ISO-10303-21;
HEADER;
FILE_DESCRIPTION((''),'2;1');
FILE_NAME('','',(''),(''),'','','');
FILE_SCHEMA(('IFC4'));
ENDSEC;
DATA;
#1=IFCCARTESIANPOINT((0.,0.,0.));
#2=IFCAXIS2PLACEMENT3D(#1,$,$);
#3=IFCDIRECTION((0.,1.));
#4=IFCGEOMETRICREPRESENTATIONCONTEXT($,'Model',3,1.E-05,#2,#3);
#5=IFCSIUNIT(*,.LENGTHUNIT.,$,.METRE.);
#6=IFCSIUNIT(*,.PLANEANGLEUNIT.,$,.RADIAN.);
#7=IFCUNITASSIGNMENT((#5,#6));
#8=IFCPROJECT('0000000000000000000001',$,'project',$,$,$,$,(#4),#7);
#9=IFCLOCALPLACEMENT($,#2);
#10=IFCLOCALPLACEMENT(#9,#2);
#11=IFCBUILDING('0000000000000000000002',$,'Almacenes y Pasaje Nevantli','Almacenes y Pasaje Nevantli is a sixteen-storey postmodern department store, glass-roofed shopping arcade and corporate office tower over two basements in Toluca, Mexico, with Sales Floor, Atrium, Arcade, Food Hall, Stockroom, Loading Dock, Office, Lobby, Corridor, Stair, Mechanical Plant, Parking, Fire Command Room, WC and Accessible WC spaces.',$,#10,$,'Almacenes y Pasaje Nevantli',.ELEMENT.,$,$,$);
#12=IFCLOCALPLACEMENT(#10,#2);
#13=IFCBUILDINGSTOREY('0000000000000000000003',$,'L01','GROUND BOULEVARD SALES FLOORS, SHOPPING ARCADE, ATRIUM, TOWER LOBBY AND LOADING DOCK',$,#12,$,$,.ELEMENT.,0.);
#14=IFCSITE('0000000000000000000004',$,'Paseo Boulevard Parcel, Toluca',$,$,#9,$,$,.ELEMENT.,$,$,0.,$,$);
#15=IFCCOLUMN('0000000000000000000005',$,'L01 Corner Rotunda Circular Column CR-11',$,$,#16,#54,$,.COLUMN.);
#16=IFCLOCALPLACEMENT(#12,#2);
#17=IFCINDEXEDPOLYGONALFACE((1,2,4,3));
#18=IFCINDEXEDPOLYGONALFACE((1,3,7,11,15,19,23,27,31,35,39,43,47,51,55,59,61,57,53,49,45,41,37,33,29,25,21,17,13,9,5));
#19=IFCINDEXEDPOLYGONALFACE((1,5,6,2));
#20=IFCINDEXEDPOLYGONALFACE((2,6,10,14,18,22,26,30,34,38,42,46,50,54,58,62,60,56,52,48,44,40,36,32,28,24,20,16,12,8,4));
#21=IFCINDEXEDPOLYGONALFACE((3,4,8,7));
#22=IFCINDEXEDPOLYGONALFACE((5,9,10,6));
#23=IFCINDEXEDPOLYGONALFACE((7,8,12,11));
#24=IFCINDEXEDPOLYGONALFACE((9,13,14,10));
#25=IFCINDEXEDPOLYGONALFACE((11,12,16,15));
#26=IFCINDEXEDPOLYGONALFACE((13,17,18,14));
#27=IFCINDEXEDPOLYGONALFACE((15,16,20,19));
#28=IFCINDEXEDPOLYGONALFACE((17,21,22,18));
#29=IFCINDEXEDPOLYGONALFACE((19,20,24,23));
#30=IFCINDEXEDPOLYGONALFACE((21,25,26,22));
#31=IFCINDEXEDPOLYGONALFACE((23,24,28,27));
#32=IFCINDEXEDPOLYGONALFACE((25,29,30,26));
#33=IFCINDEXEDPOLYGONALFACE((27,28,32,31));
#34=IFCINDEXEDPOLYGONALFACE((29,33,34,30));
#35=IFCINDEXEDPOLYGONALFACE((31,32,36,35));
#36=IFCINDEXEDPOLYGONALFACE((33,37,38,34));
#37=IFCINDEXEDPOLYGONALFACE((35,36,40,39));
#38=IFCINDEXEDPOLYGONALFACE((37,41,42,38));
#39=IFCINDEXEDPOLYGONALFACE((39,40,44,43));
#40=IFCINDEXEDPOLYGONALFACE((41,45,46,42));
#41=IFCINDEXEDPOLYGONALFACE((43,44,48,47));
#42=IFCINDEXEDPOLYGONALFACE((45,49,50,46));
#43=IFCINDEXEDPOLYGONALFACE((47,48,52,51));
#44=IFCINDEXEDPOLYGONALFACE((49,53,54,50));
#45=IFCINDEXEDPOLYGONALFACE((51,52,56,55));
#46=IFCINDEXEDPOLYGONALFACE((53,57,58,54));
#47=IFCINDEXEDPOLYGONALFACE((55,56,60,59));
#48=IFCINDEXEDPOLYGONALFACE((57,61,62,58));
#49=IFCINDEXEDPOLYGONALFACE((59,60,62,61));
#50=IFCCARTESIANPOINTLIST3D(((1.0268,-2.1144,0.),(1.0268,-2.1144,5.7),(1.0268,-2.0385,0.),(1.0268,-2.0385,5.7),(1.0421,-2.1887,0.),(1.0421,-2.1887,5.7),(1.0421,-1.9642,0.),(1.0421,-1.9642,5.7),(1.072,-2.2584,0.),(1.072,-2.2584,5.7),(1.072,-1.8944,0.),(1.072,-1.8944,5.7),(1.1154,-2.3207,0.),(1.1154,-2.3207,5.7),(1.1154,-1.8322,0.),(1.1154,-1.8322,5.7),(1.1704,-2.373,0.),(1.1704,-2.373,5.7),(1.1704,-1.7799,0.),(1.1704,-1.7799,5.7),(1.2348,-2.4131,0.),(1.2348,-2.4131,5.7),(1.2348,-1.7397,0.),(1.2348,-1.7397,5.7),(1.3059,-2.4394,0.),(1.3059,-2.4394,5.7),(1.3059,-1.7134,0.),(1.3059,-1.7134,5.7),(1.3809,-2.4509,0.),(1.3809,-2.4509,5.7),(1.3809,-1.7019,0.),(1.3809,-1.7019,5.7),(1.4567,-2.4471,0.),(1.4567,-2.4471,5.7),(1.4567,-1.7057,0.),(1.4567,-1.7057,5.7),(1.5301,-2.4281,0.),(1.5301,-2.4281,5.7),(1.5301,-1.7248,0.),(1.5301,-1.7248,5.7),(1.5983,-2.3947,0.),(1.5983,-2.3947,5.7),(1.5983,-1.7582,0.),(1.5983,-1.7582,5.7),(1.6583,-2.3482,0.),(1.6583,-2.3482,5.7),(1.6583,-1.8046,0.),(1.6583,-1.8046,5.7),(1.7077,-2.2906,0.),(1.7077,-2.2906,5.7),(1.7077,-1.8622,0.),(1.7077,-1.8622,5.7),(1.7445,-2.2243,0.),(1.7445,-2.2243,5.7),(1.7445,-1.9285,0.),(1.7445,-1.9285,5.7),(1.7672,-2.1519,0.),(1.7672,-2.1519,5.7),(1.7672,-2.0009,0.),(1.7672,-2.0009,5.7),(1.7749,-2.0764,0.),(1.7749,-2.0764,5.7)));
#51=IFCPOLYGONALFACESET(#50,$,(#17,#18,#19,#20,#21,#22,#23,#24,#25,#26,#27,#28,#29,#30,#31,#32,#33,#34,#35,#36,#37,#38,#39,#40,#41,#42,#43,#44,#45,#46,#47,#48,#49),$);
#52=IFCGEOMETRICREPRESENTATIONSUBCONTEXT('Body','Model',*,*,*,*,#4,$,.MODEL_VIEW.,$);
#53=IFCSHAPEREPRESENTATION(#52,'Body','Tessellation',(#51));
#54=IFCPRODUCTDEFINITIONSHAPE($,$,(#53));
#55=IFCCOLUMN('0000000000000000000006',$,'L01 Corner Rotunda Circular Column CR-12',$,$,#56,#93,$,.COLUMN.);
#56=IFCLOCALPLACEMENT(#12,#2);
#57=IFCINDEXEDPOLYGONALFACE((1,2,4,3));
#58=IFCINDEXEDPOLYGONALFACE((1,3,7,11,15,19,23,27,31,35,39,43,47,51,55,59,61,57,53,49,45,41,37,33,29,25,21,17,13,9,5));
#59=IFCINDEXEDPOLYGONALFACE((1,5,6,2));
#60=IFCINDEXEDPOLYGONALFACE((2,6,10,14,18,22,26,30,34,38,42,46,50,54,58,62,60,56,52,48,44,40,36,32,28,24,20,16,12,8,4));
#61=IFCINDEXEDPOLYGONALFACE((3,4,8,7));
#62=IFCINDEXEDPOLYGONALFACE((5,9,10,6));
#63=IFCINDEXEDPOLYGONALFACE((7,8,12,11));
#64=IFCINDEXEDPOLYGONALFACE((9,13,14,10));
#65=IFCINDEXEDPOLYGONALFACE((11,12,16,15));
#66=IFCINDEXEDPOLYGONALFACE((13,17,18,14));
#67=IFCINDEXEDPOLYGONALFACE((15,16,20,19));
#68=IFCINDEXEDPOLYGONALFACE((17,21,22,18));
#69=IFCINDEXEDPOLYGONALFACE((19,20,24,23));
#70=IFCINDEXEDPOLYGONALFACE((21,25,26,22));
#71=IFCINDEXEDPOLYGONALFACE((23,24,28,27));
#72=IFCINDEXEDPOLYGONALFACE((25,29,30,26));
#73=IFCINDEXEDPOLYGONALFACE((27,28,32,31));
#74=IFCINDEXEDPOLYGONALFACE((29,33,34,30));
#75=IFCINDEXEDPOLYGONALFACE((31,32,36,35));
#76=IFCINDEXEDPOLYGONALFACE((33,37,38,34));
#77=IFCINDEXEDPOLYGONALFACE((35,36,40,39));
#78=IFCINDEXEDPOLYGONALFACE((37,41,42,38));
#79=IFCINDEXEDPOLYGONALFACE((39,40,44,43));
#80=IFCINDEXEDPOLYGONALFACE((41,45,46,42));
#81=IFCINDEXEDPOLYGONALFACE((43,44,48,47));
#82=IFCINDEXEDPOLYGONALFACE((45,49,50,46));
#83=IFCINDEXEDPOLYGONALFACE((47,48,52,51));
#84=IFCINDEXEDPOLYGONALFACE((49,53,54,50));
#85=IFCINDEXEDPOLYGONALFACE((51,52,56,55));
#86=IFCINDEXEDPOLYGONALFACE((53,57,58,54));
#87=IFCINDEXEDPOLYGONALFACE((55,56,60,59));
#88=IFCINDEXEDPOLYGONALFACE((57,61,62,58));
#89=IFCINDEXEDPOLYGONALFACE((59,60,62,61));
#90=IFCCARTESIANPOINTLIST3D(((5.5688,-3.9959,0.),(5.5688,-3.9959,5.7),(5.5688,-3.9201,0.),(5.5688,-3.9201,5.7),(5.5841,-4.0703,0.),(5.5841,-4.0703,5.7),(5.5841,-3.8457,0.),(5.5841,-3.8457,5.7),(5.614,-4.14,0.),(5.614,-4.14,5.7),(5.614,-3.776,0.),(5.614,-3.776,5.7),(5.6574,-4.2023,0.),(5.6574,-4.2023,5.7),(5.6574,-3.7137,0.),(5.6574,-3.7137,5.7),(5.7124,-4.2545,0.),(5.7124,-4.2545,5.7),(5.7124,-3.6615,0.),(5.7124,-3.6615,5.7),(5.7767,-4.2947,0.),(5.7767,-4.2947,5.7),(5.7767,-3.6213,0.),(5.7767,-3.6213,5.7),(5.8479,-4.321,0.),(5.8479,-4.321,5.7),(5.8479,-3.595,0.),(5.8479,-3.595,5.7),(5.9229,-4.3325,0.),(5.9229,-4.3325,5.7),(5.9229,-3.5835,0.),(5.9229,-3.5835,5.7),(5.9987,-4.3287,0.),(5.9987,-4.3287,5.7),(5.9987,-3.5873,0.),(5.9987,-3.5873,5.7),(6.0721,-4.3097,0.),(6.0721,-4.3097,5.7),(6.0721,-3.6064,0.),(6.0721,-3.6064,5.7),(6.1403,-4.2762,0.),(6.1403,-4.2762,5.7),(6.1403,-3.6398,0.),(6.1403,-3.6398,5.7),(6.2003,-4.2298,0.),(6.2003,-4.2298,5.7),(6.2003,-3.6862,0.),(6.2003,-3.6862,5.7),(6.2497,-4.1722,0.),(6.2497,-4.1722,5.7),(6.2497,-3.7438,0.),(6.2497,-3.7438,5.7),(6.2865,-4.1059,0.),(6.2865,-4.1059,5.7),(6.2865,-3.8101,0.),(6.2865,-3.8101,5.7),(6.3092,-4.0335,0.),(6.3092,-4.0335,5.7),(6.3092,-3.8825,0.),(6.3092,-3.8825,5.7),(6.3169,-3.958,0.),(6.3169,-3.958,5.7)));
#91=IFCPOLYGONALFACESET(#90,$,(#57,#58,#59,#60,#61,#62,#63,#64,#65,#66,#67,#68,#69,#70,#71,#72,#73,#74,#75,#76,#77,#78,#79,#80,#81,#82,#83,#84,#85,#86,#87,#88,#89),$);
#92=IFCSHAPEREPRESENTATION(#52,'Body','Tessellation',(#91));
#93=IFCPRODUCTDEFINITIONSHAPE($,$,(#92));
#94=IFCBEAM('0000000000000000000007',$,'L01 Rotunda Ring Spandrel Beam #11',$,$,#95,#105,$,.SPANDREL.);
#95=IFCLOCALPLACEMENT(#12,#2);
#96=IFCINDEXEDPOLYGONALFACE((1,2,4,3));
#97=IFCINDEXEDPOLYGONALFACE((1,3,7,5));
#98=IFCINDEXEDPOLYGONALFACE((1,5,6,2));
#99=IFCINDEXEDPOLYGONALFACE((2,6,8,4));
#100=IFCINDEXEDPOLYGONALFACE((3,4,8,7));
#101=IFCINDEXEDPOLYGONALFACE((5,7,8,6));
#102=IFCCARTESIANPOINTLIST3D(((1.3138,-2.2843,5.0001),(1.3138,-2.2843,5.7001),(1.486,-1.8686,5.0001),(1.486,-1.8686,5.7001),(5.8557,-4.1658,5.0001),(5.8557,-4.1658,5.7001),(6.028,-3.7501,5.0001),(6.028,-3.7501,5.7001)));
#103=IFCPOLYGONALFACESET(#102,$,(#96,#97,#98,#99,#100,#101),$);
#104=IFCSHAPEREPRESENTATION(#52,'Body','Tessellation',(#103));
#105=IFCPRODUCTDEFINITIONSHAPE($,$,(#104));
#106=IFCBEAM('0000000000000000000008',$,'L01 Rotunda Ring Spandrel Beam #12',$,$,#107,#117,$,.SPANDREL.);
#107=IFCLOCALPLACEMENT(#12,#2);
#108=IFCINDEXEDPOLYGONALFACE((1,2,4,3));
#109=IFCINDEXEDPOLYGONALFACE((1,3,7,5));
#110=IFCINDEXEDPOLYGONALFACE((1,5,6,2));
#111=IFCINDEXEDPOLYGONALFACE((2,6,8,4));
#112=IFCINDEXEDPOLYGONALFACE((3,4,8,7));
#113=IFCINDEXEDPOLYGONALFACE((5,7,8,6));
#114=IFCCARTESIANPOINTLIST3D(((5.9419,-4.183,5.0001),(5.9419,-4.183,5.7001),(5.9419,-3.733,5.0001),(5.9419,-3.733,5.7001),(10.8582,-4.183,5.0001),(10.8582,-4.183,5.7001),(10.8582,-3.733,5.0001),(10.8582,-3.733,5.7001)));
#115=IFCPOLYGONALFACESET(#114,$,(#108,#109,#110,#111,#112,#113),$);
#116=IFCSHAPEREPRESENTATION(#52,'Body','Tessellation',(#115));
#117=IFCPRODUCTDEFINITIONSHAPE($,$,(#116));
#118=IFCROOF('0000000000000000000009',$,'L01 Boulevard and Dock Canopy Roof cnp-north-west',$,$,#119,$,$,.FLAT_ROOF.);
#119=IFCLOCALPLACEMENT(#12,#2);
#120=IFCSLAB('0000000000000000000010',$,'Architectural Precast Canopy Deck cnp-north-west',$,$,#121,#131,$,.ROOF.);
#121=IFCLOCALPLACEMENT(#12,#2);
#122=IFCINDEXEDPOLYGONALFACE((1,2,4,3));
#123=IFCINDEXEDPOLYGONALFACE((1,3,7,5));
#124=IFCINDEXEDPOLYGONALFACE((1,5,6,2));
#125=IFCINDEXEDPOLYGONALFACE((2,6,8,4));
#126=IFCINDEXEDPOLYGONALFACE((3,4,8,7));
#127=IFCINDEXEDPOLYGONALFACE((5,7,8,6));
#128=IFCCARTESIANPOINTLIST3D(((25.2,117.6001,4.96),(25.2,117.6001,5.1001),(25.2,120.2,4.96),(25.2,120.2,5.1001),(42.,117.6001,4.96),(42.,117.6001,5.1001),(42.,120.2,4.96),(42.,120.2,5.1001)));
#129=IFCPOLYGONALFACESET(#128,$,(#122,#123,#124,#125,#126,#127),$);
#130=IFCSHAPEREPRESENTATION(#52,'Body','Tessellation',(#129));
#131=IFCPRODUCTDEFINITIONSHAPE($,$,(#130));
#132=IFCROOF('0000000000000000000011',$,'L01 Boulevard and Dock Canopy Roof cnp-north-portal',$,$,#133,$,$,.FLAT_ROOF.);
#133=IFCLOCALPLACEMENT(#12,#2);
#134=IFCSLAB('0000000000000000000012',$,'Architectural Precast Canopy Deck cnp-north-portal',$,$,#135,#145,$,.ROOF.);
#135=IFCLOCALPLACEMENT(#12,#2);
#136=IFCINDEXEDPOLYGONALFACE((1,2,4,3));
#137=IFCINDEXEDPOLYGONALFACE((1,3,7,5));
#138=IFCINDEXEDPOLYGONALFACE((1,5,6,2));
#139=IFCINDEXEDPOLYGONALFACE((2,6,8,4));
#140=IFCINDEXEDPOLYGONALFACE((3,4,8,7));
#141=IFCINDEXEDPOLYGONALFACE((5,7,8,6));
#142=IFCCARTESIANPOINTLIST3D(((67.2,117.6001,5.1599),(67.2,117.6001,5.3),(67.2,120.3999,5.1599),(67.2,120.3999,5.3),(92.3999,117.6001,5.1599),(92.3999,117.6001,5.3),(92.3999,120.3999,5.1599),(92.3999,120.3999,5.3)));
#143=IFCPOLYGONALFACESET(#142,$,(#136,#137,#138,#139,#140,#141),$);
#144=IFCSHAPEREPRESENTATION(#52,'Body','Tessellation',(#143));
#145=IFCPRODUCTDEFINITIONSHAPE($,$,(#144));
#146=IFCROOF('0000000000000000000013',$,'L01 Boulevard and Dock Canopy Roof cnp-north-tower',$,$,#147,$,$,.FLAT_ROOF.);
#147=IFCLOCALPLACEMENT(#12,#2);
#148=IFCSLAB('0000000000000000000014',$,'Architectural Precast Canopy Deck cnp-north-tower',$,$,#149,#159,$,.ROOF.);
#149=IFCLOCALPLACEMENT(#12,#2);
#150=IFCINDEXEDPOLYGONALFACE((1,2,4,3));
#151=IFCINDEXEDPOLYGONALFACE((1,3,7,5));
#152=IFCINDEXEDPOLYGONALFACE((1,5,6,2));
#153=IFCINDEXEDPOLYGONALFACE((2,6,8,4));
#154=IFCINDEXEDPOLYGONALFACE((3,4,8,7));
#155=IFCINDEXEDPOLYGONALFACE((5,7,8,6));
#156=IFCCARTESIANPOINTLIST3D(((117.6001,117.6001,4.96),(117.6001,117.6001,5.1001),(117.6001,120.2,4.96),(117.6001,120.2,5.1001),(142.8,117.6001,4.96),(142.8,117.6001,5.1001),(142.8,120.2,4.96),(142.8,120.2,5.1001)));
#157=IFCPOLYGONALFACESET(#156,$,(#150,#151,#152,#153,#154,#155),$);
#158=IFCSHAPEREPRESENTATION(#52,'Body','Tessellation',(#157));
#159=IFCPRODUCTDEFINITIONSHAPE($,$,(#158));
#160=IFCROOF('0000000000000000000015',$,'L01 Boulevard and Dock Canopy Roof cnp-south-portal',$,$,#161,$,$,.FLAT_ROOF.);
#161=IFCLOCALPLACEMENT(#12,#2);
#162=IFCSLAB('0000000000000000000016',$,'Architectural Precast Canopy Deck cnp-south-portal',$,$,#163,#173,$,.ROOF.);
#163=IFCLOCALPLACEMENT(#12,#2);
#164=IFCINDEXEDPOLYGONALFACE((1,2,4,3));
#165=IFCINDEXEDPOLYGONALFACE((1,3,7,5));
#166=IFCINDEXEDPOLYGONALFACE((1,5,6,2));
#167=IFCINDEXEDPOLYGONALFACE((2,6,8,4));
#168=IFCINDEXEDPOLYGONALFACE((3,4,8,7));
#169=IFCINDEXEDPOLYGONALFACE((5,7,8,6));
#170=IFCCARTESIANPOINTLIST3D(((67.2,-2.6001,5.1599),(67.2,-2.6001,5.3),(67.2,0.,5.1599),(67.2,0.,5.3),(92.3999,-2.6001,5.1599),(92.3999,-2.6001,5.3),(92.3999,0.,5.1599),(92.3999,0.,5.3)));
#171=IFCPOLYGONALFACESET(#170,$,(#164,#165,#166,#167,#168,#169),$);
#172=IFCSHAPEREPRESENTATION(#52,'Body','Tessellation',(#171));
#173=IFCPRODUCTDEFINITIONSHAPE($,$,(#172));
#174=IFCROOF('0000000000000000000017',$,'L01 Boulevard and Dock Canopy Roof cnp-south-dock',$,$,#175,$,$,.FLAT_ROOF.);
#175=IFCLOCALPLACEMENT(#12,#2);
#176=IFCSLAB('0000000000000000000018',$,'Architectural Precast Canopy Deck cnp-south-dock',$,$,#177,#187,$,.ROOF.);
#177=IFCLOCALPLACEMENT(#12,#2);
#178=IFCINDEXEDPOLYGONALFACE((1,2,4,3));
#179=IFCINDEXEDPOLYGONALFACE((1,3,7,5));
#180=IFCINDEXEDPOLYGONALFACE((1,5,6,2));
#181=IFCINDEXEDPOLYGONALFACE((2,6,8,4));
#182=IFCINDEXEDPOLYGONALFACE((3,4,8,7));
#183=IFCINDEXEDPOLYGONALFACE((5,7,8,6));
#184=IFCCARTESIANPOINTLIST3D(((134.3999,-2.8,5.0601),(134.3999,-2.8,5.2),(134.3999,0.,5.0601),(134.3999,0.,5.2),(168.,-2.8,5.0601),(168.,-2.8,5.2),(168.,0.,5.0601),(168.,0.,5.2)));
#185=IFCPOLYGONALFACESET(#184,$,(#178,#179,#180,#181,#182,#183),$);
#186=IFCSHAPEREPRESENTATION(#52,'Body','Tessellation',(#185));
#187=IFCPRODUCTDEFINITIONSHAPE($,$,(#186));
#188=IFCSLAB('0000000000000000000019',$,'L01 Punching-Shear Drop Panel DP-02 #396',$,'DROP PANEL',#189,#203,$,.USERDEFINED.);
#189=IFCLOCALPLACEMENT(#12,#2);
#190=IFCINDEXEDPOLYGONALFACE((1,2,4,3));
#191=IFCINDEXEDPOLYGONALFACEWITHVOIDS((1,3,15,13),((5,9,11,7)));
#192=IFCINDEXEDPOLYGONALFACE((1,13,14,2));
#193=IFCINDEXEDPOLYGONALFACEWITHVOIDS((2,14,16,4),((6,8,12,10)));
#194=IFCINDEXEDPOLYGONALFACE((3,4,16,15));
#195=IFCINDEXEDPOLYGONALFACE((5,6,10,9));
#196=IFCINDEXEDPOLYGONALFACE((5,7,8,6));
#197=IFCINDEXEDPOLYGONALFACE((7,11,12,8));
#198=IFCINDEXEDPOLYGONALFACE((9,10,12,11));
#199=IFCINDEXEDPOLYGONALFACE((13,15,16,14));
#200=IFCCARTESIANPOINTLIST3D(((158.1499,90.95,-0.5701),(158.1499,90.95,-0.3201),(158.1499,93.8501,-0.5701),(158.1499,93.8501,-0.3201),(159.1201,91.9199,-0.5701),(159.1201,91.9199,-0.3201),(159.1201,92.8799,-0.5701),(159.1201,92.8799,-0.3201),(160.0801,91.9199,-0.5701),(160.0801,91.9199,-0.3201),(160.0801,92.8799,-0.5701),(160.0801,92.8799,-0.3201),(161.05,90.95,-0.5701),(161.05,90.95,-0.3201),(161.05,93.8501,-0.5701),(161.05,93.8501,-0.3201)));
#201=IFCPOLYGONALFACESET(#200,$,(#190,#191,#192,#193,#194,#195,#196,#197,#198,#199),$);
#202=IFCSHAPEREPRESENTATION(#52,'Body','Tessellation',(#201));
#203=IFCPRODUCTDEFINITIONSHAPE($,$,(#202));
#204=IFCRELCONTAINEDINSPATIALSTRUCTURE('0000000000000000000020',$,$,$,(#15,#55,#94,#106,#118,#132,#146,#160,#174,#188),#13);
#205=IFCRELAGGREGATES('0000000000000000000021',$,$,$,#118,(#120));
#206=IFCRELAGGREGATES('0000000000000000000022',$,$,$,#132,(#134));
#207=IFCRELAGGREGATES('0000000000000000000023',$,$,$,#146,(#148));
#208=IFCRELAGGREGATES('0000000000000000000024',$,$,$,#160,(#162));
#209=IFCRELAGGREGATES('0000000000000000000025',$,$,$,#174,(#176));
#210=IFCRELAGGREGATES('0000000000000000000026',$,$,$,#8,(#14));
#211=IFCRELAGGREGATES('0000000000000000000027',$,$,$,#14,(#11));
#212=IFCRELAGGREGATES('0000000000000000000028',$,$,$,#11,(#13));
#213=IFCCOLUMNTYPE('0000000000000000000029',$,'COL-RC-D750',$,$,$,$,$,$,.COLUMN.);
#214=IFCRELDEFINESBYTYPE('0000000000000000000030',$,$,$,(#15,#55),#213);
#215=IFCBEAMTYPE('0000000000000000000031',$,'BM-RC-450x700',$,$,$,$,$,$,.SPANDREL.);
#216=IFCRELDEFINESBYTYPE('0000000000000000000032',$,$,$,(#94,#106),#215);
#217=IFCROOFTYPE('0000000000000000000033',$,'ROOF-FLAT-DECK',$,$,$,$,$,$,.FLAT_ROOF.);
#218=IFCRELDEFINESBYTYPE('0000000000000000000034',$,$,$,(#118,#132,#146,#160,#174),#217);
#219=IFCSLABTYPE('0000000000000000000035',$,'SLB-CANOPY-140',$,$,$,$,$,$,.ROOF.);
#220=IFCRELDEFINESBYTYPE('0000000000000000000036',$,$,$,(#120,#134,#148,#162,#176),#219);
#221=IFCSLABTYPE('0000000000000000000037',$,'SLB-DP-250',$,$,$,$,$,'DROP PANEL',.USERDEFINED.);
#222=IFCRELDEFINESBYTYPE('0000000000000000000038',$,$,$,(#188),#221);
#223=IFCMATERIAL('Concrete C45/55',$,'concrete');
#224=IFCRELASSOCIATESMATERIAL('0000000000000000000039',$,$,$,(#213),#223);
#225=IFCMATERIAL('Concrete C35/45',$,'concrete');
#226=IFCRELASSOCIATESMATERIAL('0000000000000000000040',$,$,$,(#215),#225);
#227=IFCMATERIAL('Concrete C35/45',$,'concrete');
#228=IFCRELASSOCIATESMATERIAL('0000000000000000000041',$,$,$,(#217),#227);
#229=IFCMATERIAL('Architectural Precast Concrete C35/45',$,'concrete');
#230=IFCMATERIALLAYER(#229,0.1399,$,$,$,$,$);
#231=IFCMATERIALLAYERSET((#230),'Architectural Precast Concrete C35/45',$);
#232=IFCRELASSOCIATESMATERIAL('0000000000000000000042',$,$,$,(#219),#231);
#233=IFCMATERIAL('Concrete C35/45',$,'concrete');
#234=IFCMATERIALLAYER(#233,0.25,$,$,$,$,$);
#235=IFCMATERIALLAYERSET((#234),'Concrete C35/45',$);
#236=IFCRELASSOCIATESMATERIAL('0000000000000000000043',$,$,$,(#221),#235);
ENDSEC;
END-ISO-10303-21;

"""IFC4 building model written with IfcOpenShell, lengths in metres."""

from ifc_helpers import new_model, si_unit, direction, frame, origin, origin_2d, place, context, subcontext, project, spatial, polyline, rectangle, circle, outline, extrude, material, layer, layer_set, material_profile, profile_set, type_object, element, aggregate, save


model = new_model("IFC4")

# Units and contexts
model_context = context("Model", 3, precision=1e-05, world=origin(), true_north=direction((0.0, 1.0)))
body_context = subcontext(model_context, "Body", "Model", "MODEL_VIEW")
ifc_project = project(units=[si_unit("LENGTHUNIT", "METRE"), si_unit("PLANEANGLEUNIT", "RADIAN")], contexts=[model_context])

# Site, building, storey
site_placement = place(None, origin())
site = spatial("IfcSite", under=ifc_project, at=site_placement, Name="Paseo Boulevard Parcel, Toluca", CompositionType="ELEMENT", RefElevation=0.0)
building_placement = place(site_placement, origin())
building = spatial("IfcBuilding", under=site, at=building_placement, Name="Almacenes y Pasaje Nevantli", Description="Almacenes y Pasaje Nevantli is a sixteen-storey postmodern department store, glass-roofed shopping arcade and corporate office tower over two basements in Toluca, Mexico, with Sales Floor, Atrium, Arcade, Food Hall, Stockroom, Loading Dock, Office, Lobby, Corridor, Stair, Mechanical Plant, Parking, Fire Command Room, WC and Accessible WC spaces.", LongName="Almacenes y Pasaje Nevantli", CompositionType="ELEMENT")
storey_placement = place(building_placement, origin())
storey = spatial("IfcBuildingStorey", under=building, at=storey_placement, Name="L01", Description="GROUND BOULEVARD SALES FLOORS, SHOPPING ARCADE, ATRIUM, TOWER LOBBY AND LOADING DOCK", CompositionType="ELEMENT", Elevation=0.0)

# Columns
ifc_material_1 = material(Name="Concrete C45/55", Category="concrete")
ifc_material_profile_1 = material_profile(ifc_material_1, circle(Radius=0.375, at=origin_2d()), Name="RC-COL-D750")
ifc_profile_set_1 = profile_set([ifc_material_profile_1], Name="Concrete C45/55")
column_type = type_object("IfcColumnType", Name="COL-RC-D750", PredefinedType="COLUMN", material=ifc_profile_set_1)
for number, where, z_axis, x_axis, name in (
    (1, (1.3999, -2.0764, 0.0), (0.0, 0.0, 1.0), (1.0, 0.0, 0.0), "L01 Corner Rotunda Circular Column CR-11"),
    (2, (5.9419, -3.958, 0.0), (0.0, 0.0, 1.0), (1.0, 0.0, 0.0), "L01 Corner Rotunda Circular Column CR-12"),
):
    element("IfcColumn", number, at=place(storey_placement, frame(where, z_axis=z_axis, x_axis=x_axis)), inside=storey, type_object=column_type, Name=name, PredefinedType="COLUMN", context=body_context, shape_type="SweptSolid", body=[
        extrude(circle(Radius=0.375, at=origin_2d()), origin(), (0.0, 0.0, 1.0), 5.7),
    ])

# Beams
ifc_material_2 = material(Name="Concrete C35/45", Category="concrete")
ifc_material_profile_2 = material_profile(ifc_material_2, rectangle(XDim=0.45, YDim=0.7, at=origin_2d()), Name="RC-BM-450x700")
ifc_profile_set_2 = profile_set([ifc_material_profile_2], Name="Concrete C35/45")
beam_type = type_object("IfcBeamType", Name="BM-RC-450x700", PredefinedType="SPANDREL", material=ifc_profile_set_2)
for number, where, z_axis, x_axis, name in (
    (3, (1.3999, -2.0764, 5.3501), (0.923862, -0.382725, 0.0), (0.382725, 0.923862, 0.0), "L01 Rotunda Ring Spandrel Beam #11"),
    (4, (5.9419, -3.958, 5.3501), (1.0, 0.0, 0.0), (0.0, 1.0, 0.0), "L01 Rotunda Ring Spandrel Beam #12"),
):
    element("IfcBeam", number, at=place(storey_placement, frame(where, z_axis=z_axis, x_axis=x_axis)), inside=storey, type_object=beam_type, Name=name, PredefinedType="SPANDREL", context=body_context, shape_type="SweptSolid", body=[
        extrude(rectangle(XDim=0.45, YDim=0.7, at=origin_2d()), origin(), (0.0, 0.0, 1.0), 4.9163),
    ])

# Roofs, slabs
ifc_material_3 = material(Name="Concrete C35/45", Category="concrete")
roof_type = type_object("IfcRoofType", Name="ROOF-FLAT-DECK", PredefinedType="FLAT_ROOF", material=ifc_material_3)
roof_1_placement = place(storey_placement, origin())
roof_1 = element("IfcRoof", 5, at=roof_1_placement, inside=storey, type_object=roof_type, Name="L01 Boulevard and Dock Canopy Roof cnp-north-west", PredefinedType="FLAT_ROOF")
ifc_material_4 = material(Name="Architectural Precast Concrete C35/45", Category="concrete")
ifc_layer_1 = layer(ifc_material_4, 0.1399)
ifc_layer_set_1 = layer_set([ifc_layer_1], Name="Architectural Precast Concrete C35/45")
slab_type_1 = type_object("IfcSlabType", Name="SLB-CANOPY-140", PredefinedType="ROOF", material=ifc_layer_set_1)
slab_1_placement = place(storey_placement, frame((0.0, 0.0, 4.96)))
slab_1 = element("IfcSlab", 6, at=slab_1_placement, type_object=slab_type_1, Name="Architectural Precast Canopy Deck cnp-north-west", PredefinedType="ROOF", context=body_context, shape_type="SweptSolid", body=[
    extrude(outline(polyline([(25.2, 117.6001), (42.0, 117.6001), (42.0, 120.2), (25.2, 120.2), (25.2, 117.6001)])), origin(), (0.0, 0.0, 1.0), 0.1401),
])
aggregate(roof_1, [slab_1])
roof_2_placement = place(storey_placement, origin())
roof_2 = element("IfcRoof", 7, at=roof_2_placement, inside=storey, type_object=roof_type, Name="L01 Boulevard and Dock Canopy Roof cnp-north-portal", PredefinedType="FLAT_ROOF")
slab_2_placement = place(storey_placement, frame((0.0, 0.0, 5.1599)))
slab_2 = element("IfcSlab", 8, at=slab_2_placement, type_object=slab_type_1, Name="Architectural Precast Canopy Deck cnp-north-portal", PredefinedType="ROOF", context=body_context, shape_type="SweptSolid", body=[
    extrude(outline(polyline([(67.2, 117.6001), (92.3999, 117.6001), (92.3999, 120.3999), (67.2, 120.3999), (67.2, 117.6001)])), origin(), (0.0, 0.0, 1.0), 0.1401),
])
aggregate(roof_2, [slab_2])
roof_3_placement = place(storey_placement, origin())
roof_3 = element("IfcRoof", 9, at=roof_3_placement, inside=storey, type_object=roof_type, Name="L01 Boulevard and Dock Canopy Roof cnp-north-tower", PredefinedType="FLAT_ROOF")
slab_3_placement = place(storey_placement, frame((0.0, 0.0, 4.96)))
slab_3 = element("IfcSlab", 10, at=slab_3_placement, type_object=slab_type_1, Name="Architectural Precast Canopy Deck cnp-north-tower", PredefinedType="ROOF", context=body_context, shape_type="SweptSolid", body=[
    extrude(outline(polyline([(117.6001, 117.6001), (142.8, 117.6001), (142.8, 120.2), (117.6001, 120.2), (117.6001, 117.6001)])), origin(), (0.0, 0.0, 1.0), 0.1401),
])
aggregate(roof_3, [slab_3])
roof_4_placement = place(storey_placement, origin())
roof_4 = element("IfcRoof", 11, at=roof_4_placement, inside=storey, type_object=roof_type, Name="L01 Boulevard and Dock Canopy Roof cnp-south-portal", PredefinedType="FLAT_ROOF")
slab_4_placement = place(storey_placement, frame((0.0, 0.0, 5.1599)))
slab_4 = element("IfcSlab", 12, at=slab_4_placement, type_object=slab_type_1, Name="Architectural Precast Canopy Deck cnp-south-portal", PredefinedType="ROOF", context=body_context, shape_type="SweptSolid", body=[
    extrude(outline(polyline([(67.2, -2.6001), (92.3999, -2.6001), (92.3999, 0.0), (67.2, 0.0), (67.2, -2.6001)])), origin(), (0.0, 0.0, 1.0), 0.1401),
])
aggregate(roof_4, [slab_4])
roof_5_placement = place(storey_placement, origin())
roof_5 = element("IfcRoof", 13, at=roof_5_placement, inside=storey, type_object=roof_type, Name="L01 Boulevard and Dock Canopy Roof cnp-south-dock", PredefinedType="FLAT_ROOF")
slab_5_placement = place(storey_placement, frame((0.0, 0.0, 5.0601)))
slab_5 = element("IfcSlab", 14, at=slab_5_placement, type_object=slab_type_1, Name="Architectural Precast Canopy Deck cnp-south-dock", PredefinedType="ROOF", context=body_context, shape_type="SweptSolid", body=[
    extrude(outline(polyline([(134.3999, -2.8), (168.0, -2.8), (168.0, 0.0), (134.3999, 0.0), (134.3999, -2.8)])), origin(), (0.0, 0.0, 1.0), 0.1399),
])
aggregate(roof_5, [slab_5])

# Slab
ifc_material_5 = material(Name="Concrete C35/45", Category="concrete")
ifc_layer_2 = layer(ifc_material_5, 0.25)
ifc_layer_set_2 = layer_set([ifc_layer_2], Name="Concrete C35/45")
slab_type_2 = type_object("IfcSlabType", Name="SLB-DP-250", ElementType="DROP PANEL", PredefinedType="USERDEFINED", material=ifc_layer_set_2)
slab_6_placement = place(storey_placement, frame((0.0, 0.0, -0.5701)))
element("IfcSlab", 15, at=slab_6_placement, inside=storey, type_object=slab_type_2, Name="L01 Punching-Shear Drop Panel DP-02 #396", ObjectType="DROP PANEL", PredefinedType="USERDEFINED", context=body_context, shape_type="SweptSolid", body=[
    extrude(outline(polyline([(158.1499, 90.95), (161.05, 90.95), (161.05, 93.8501), (158.1499, 93.8501), (158.1499, 90.95)]), holes=[polyline([(159.1201, 91.9199), (160.0801, 91.9199), (160.0801, 92.8799), (159.1201, 92.8799), (159.1201, 91.9199)])]), origin(), (0.0, 0.0, 1.0), 0.25),
])

save(model, "model.ifc")
